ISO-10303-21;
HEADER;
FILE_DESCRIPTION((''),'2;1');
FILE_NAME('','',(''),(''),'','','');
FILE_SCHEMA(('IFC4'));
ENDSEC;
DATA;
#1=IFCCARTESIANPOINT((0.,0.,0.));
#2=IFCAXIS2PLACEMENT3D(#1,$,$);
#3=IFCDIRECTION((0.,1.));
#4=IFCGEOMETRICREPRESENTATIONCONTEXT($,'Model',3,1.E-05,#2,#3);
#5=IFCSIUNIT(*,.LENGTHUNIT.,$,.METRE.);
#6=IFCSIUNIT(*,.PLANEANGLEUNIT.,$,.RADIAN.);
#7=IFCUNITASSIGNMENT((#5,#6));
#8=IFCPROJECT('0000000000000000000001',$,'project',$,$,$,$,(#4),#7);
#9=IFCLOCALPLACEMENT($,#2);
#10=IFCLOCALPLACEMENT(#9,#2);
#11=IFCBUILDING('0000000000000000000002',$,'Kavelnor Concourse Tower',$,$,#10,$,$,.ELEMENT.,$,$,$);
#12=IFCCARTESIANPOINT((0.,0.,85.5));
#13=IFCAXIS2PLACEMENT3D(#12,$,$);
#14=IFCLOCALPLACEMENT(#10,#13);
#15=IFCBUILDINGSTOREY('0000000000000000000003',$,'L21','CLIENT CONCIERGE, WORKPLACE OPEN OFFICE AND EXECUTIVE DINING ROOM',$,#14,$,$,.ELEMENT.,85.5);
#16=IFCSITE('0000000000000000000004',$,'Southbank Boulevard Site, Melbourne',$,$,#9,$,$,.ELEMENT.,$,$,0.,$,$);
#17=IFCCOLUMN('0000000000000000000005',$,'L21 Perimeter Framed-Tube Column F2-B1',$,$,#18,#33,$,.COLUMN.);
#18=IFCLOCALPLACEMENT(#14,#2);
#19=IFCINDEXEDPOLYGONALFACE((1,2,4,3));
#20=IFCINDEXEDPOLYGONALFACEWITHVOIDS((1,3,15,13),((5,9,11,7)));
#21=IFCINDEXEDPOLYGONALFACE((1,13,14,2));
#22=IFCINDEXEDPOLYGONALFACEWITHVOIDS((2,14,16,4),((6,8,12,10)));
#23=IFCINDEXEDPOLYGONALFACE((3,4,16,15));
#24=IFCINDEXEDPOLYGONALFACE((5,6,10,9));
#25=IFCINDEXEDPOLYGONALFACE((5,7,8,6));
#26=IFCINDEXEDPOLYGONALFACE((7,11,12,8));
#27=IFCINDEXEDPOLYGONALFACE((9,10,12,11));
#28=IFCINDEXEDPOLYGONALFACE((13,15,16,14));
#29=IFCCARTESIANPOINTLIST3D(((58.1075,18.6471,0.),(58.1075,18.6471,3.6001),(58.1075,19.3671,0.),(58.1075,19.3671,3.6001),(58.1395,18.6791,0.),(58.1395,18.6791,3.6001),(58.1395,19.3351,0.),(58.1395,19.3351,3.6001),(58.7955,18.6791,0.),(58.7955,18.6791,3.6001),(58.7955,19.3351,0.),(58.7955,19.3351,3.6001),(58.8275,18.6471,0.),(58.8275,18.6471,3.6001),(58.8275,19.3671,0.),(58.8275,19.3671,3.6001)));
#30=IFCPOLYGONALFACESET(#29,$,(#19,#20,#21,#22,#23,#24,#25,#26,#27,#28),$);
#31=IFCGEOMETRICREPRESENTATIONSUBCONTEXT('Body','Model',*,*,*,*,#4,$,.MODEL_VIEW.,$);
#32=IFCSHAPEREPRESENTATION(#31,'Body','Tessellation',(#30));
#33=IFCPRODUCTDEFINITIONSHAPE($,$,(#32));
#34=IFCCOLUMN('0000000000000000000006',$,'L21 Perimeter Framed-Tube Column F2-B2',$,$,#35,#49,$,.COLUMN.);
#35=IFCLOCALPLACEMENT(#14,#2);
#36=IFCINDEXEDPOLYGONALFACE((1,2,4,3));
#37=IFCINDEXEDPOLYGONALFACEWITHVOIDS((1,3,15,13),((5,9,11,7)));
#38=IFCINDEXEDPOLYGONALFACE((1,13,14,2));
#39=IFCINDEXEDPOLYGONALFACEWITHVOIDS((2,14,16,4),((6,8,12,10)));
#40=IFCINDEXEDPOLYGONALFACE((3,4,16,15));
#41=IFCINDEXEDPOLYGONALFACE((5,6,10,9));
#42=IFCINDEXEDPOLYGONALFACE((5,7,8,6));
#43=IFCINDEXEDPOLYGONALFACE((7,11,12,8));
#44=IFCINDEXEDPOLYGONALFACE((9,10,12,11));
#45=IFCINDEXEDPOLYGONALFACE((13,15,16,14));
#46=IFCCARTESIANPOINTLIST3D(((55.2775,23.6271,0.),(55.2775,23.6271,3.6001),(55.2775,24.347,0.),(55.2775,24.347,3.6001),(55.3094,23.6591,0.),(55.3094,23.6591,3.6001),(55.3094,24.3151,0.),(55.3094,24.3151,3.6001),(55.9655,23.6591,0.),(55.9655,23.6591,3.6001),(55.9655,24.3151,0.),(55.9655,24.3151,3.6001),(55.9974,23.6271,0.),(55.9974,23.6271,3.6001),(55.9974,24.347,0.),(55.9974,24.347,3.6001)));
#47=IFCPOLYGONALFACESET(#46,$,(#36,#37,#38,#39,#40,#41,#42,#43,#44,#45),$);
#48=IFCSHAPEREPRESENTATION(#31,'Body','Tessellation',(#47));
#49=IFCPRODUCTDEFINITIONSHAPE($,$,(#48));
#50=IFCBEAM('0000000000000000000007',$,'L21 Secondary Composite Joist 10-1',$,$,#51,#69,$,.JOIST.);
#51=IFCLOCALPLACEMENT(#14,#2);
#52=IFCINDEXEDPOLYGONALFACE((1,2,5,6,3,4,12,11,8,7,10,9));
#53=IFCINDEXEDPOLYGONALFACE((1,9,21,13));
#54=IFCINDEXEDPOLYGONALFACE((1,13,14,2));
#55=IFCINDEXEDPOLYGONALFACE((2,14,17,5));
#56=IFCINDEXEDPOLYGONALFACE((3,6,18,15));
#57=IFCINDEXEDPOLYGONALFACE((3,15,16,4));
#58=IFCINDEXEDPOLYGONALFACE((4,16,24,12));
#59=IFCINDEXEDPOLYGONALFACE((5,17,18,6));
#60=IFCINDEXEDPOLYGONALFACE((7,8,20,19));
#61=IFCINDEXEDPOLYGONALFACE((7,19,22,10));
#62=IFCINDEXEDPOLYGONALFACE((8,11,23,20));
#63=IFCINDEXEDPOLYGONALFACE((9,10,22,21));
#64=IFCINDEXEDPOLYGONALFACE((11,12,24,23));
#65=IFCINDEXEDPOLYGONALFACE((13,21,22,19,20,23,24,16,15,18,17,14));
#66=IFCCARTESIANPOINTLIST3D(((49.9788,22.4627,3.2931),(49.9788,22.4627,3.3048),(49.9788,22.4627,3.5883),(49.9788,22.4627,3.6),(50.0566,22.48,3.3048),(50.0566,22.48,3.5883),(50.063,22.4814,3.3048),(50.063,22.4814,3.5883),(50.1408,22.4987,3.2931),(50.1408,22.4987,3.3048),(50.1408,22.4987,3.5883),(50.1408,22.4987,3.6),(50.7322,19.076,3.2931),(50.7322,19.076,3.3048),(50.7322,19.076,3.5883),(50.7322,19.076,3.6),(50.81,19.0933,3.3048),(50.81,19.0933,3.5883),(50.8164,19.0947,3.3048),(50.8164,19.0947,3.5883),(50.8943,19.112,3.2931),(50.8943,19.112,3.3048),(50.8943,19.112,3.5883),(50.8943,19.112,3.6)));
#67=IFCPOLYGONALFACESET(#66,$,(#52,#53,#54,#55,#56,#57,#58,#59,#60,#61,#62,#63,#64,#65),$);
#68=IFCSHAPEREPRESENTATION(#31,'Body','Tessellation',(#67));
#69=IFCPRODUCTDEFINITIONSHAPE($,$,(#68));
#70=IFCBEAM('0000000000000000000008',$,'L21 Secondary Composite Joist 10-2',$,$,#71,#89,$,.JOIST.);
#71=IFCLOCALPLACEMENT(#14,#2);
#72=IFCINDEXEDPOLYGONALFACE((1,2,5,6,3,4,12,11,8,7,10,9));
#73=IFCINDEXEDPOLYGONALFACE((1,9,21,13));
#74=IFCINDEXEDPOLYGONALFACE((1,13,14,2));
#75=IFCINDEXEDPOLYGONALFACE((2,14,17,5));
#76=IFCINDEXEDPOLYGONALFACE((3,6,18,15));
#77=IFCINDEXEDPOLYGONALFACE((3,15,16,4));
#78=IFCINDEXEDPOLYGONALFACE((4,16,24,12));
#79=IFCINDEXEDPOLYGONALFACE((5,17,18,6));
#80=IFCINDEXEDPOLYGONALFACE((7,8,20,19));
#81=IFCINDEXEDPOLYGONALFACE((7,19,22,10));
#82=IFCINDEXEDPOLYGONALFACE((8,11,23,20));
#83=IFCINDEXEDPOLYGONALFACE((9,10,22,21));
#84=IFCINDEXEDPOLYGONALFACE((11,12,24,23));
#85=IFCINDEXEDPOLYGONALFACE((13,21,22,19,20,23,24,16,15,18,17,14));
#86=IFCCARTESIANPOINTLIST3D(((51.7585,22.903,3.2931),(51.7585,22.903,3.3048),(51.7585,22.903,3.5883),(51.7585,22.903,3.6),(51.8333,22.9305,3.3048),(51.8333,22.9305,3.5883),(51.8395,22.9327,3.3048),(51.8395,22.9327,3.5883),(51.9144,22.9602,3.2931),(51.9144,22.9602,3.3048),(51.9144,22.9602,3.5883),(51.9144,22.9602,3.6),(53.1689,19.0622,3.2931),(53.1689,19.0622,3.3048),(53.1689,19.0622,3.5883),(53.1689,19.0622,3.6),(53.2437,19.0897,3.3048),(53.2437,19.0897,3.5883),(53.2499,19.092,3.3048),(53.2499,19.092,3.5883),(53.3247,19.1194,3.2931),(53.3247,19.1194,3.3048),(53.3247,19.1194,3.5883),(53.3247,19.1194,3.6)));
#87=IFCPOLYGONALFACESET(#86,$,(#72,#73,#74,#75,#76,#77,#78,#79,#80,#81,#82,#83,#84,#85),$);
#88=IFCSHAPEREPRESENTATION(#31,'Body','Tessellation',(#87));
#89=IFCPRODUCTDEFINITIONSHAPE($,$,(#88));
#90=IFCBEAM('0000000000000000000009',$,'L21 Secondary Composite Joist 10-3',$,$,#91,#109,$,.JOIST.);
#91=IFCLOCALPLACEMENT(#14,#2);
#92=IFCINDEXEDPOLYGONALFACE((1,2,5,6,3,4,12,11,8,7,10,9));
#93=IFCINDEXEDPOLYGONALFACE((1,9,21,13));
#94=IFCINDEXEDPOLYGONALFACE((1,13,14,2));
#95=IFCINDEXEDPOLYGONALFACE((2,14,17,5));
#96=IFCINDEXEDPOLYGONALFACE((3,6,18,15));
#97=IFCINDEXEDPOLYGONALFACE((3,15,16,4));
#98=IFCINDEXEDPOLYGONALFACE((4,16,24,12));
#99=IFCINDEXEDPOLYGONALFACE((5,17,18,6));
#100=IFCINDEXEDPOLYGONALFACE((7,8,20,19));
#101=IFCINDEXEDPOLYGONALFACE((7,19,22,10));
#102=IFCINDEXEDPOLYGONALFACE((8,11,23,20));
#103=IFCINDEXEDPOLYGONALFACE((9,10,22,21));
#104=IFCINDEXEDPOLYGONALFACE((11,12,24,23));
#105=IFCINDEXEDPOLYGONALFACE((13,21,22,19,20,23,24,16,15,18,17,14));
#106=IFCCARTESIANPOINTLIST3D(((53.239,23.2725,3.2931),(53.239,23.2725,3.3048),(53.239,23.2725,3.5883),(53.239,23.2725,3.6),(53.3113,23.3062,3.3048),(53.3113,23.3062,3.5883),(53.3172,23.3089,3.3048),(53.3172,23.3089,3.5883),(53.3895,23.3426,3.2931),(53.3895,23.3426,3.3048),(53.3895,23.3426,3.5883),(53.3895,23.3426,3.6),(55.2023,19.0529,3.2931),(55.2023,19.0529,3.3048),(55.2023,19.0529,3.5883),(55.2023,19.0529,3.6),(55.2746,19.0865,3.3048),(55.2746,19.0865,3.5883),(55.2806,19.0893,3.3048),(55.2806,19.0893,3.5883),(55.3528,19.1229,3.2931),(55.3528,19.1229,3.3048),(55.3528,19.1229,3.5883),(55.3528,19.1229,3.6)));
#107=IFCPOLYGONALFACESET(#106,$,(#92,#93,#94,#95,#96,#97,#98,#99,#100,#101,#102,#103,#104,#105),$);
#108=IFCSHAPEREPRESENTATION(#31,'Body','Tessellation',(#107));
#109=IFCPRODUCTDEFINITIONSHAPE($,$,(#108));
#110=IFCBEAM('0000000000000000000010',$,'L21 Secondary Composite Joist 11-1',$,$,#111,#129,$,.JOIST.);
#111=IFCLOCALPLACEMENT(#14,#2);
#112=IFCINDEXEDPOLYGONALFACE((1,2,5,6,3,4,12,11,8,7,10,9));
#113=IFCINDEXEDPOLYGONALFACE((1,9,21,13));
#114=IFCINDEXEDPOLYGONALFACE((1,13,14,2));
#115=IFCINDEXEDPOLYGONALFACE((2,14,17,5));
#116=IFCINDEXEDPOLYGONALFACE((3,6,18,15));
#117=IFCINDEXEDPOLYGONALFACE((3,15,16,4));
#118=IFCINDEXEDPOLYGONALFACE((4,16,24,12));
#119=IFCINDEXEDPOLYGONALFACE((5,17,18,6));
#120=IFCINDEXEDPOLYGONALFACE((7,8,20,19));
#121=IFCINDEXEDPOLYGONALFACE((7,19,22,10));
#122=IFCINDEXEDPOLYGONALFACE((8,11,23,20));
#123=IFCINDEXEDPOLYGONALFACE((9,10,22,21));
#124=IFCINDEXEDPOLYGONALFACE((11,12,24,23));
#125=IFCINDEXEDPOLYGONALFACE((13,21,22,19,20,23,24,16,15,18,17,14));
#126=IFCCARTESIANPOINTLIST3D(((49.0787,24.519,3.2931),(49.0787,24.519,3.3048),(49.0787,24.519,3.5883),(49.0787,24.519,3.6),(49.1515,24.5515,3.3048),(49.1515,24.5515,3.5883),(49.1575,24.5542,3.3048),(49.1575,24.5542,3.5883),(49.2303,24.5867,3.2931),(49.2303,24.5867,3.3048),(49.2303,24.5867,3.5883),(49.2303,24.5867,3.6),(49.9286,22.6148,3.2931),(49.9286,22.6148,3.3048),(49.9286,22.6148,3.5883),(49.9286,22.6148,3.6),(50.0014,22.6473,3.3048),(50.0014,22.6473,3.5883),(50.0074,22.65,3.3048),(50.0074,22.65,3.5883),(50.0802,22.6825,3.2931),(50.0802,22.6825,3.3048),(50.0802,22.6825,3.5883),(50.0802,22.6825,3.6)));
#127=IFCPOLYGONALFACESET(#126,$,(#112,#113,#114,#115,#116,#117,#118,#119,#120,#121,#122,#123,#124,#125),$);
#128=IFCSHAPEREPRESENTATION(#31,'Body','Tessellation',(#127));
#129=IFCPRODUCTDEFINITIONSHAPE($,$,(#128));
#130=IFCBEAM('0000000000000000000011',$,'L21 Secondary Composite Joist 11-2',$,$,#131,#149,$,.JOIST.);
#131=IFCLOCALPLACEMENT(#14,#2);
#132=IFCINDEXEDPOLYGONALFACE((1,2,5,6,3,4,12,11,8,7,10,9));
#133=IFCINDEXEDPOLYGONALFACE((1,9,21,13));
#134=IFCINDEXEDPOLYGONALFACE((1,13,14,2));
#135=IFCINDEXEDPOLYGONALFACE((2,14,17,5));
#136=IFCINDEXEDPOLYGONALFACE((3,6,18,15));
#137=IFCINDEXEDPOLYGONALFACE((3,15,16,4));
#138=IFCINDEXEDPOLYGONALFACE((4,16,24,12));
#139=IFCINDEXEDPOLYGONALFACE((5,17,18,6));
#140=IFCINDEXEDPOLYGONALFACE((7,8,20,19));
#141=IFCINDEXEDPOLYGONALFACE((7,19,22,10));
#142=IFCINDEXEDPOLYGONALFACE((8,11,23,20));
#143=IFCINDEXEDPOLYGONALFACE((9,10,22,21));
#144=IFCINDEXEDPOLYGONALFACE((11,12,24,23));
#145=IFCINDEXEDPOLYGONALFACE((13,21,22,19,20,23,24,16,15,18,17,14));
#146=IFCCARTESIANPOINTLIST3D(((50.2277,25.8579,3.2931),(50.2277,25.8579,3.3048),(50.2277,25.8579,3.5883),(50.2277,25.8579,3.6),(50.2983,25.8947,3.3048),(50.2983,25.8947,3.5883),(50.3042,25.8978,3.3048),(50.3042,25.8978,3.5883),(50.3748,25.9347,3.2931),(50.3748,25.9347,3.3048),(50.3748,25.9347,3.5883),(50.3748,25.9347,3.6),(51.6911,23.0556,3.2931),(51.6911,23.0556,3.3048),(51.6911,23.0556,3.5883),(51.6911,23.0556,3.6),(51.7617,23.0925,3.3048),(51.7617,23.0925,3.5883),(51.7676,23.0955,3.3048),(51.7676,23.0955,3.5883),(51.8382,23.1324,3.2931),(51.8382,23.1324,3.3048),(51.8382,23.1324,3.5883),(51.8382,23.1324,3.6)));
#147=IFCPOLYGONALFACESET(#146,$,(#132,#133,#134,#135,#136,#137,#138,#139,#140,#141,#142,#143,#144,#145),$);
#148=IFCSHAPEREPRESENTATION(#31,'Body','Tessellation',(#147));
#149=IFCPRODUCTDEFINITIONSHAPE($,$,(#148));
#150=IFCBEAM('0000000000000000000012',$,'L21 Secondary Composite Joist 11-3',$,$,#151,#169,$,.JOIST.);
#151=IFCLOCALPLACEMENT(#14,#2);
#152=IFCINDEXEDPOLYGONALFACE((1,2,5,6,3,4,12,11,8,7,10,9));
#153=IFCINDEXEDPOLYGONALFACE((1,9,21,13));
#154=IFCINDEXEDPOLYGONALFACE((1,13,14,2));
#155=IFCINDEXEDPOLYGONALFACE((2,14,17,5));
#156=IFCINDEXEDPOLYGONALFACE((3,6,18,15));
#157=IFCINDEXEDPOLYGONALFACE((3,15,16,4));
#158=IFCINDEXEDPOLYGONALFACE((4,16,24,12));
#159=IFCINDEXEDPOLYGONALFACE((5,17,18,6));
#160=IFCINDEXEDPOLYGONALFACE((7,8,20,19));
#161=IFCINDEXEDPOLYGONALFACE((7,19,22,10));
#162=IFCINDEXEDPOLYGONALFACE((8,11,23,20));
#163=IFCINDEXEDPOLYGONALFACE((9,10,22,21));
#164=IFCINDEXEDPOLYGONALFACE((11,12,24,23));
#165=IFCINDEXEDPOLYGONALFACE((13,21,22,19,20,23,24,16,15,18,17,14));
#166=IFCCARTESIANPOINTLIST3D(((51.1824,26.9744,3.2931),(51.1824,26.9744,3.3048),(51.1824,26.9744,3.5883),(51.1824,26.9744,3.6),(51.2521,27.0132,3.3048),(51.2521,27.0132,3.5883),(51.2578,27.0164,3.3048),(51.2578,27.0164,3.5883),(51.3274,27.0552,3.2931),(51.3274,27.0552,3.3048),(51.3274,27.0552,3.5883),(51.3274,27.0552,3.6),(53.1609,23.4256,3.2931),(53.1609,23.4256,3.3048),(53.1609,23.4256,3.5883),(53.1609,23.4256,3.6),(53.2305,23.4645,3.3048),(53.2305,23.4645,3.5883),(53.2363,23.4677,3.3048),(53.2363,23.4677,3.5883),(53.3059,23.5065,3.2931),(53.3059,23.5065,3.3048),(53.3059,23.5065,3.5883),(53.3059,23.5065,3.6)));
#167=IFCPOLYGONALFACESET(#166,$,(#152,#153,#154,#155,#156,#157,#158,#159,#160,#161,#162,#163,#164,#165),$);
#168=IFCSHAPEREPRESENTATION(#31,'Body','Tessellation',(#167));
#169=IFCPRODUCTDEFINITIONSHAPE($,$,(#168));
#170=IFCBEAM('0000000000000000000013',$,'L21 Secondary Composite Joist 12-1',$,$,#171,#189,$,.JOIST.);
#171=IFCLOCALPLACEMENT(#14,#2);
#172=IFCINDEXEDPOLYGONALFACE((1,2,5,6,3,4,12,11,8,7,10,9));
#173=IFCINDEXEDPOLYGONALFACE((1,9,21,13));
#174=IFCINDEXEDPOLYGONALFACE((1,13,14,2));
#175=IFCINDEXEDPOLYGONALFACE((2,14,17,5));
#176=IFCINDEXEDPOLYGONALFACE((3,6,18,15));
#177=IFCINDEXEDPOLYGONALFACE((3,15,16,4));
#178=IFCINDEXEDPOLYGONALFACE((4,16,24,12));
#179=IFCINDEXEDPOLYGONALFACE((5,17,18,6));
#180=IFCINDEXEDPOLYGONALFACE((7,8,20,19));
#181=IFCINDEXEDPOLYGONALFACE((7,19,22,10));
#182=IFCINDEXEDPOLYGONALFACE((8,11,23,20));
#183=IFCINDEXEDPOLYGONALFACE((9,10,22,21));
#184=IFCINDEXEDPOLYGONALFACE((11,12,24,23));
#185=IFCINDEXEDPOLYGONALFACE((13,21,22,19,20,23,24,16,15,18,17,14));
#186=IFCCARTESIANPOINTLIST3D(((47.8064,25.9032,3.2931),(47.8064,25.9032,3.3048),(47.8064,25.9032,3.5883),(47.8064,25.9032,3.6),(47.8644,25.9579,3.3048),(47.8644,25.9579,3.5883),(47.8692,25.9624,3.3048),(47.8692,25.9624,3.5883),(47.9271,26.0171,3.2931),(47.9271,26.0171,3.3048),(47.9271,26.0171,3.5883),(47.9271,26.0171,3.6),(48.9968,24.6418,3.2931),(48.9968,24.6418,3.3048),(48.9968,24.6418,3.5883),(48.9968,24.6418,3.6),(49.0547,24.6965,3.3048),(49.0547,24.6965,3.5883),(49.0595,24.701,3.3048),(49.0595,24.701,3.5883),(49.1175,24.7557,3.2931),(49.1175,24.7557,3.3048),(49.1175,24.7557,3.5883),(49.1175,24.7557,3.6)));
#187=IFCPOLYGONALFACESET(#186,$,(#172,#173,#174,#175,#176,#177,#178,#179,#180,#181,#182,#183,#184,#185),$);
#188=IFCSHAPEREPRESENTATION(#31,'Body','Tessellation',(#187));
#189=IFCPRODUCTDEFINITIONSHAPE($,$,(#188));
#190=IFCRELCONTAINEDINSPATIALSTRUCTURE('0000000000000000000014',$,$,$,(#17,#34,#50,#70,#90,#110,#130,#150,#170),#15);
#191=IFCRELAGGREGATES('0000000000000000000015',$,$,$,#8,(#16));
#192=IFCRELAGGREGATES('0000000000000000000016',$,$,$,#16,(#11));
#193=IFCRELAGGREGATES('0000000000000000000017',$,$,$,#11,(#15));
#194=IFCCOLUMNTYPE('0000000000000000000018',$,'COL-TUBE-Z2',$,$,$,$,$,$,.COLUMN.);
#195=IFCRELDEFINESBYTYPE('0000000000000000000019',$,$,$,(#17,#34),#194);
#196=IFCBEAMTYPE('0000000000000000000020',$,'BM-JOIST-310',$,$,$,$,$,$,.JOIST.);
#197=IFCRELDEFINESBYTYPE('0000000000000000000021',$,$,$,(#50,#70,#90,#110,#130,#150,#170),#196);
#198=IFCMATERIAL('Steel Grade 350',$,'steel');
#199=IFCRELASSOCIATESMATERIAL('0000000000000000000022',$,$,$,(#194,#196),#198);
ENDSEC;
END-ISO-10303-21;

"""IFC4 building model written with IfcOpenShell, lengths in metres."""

from ifc_helpers import new_model, si_unit, direction, frame, origin, origin_2d, place, context, subcontext, project, spatial, hollow_rectangle, i_section, extrude, material, material_profile, profile_set, type_object, element, save


model = new_model("IFC4")

# Units and contexts
model_context = context("Model", 3, precision=1e-05, world=origin(), true_north=direction((0.0, 1.0)))
body_context = subcontext(model_context, "Body", "Model", "MODEL_VIEW")
ifc_project = project(units=[si_unit("LENGTHUNIT", "METRE"), si_unit("PLANEANGLEUNIT", "RADIAN")], contexts=[model_context])

# Site, building, storey
site_placement = place(None, origin())
site = spatial("IfcSite", under=ifc_project, at=site_placement, Name="Southbank Boulevard Site, Melbourne", CompositionType="ELEMENT", RefElevation=0.0)
building_placement = place(site_placement, origin())
building = spatial("IfcBuilding", under=site, at=building_placement, Name="Kavelnor Concourse Tower", CompositionType="ELEMENT")
storey_placement = place(building_placement, frame((0.0, 0.0, 85.5)))
storey = spatial("IfcBuildingStorey", under=building, at=storey_placement, Name="L21", Description="CLIENT CONCIERGE, WORKPLACE OPEN OFFICE AND EXECUTIVE DINING ROOM", CompositionType="ELEMENT", Elevation=85.5)

# Columns
ifc_material_1 = material(Name="Steel Grade 350", Category="steel")
ifc_material_profile_1 = material_profile(ifc_material_1, hollow_rectangle(XDim=0.72, YDim=0.72, WallThickness=0.032, at=origin_2d()), Name="SHS 720x720x32")
ifc_profile_set_1 = profile_set([ifc_material_profile_1], Name="Steel Grade 350")
column_type = type_object("IfcColumnType", Name="COL-TUBE-Z2", PredefinedType="COLUMN", material=ifc_profile_set_1)
for number, where, z_axis, x_axis, name in (
    (1, (58.4675, 19.0071, 0.0), (0.0, 0.0, 1.0), (1.0, 0.0, 0.0), "L21 Perimeter Framed-Tube Column F2-B1"),
    (2, (55.6375, 23.9871, 0.0), (0.0, 0.0, 1.0), (1.0, 0.0, 0.0), "L21 Perimeter Framed-Tube Column F2-B2"),
):
    element("IfcColumn", number, at=place(storey_placement, frame(where, z_axis=z_axis, x_axis=x_axis)), inside=storey, type_object=column_type, Name=name, PredefinedType="COLUMN", context=body_context, shape_type="SweptSolid", body=[
        extrude(hollow_rectangle(XDim=0.72, YDim=0.72, WallThickness=0.032, at=origin_2d()), origin(), (0.0, 0.0, 1.0), 3.6001),
    ])

# Beams
ifc_material_profile_2 = material_profile(ifc_material_1, i_section(OverallWidth=0.166, OverallDepth=0.3069, WebThickness=0.0066, FlangeThickness=0.0117, at=origin_2d()), Name="310UB46")
ifc_profile_set_2 = profile_set([ifc_material_profile_2], Name="Steel Grade 350")
beam_type_1 = type_object("IfcBeamType", Name="BM-JOIST-310", PredefinedType="JOIST", material=ifc_profile_set_2)
beam_1_placement = place(storey_placement, frame((50.8132, 19.094, 3.4465), z_axis=(-0.217154, 0.976137, 0.0), x_axis=(-0.976137, -0.217154, 0.0)))
element("IfcBeam", 3, at=beam_1_placement, inside=storey, type_object=beam_type_1, Name="L21 Secondary Composite Joist 10-1", PredefinedType="JOIST", context=body_context, shape_type="SweptSolid", body=[
    extrude(i_section(OverallWidth=0.166, OverallDepth=0.3069, WebThickness=0.0066, FlangeThickness=0.0117, at=origin_2d()), origin(), (0.0, 0.0, 1.0), 3.4695),
])
beam_2_placement = place(storey_placement, frame((53.2468, 19.0908, 3.4465), z_axis=(-0.344707, 0.93871, 0.0), x_axis=(-0.93871, -0.344707, 0.0)))
element("IfcBeam", 4, at=beam_2_placement, inside=storey, type_object=beam_type_1, Name="L21 Secondary Composite Joist 10-2", PredefinedType="JOIST", context=body_context, shape_type="SweptSolid", body=[
    extrude(i_section(OverallWidth=0.166, OverallDepth=0.3069, WebThickness=0.0066, FlangeThickness=0.0117, at=origin_2d()), origin(), (0.0, 0.0, 1.0), 4.0916),
])
beam_3_placement = place(storey_placement, frame((55.2776, 19.0879, 3.4465), z_axis=(-0.421857, 0.906662, 0.0), x_axis=(-0.906662, -0.421857, 0.0)))
element("IfcBeam", 5, at=beam_3_placement, inside=storey, type_object=beam_type_1, Name="L21 Secondary Composite Joist 10-3", PredefinedType="JOIST", context=body_context, shape_type="SweptSolid", body=[
    extrude(i_section(OverallWidth=0.166, OverallDepth=0.3069, WebThickness=0.0066, FlangeThickness=0.0117, at=origin_2d()), origin(), (0.0, 0.0, 1.0), 4.6541),
])
beam_4_placement = place(storey_placement, frame((50.0044, 22.6487, 3.4465), z_axis=(-0.407583, 0.913168, 0.0), x_axis=(-0.913168, -0.407583, 0.0)))
element("IfcBeam", 6, at=beam_4_placement, inside=storey, type_object=beam_type_1, Name="L21 Secondary Composite Joist 11-1", PredefinedType="JOIST", context=body_context, shape_type="SweptSolid", body=[
    extrude(i_section(OverallWidth=0.166, OverallDepth=0.3069, WebThickness=0.0066, FlangeThickness=0.0117, at=origin_2d()), origin(), (0.0, 0.0, 1.0), 2.0852),
])
beam_5_placement = place(storey_placement, frame((51.7646, 23.094, 3.4465), z_axis=(-0.462899, 0.886411, 0.0), x_axis=(-0.886411, -0.462899, 0.0)))
element("IfcBeam", 7, at=beam_5_placement, inside=storey, type_object=beam_type_1, Name="L21 Secondary Composite Joist 11-2", PredefinedType="JOIST", context=body_context, shape_type="SweptSolid", body=[
    extrude(i_section(OverallWidth=0.166, OverallDepth=0.3069, WebThickness=0.0066, FlangeThickness=0.0117, at=origin_2d()), origin(), (0.0, 0.0, 1.0), 3.1614),
])
beam_6_placement = place(storey_placement, frame((53.2334, 23.4661, 3.4465), z_axis=(-0.486948, 0.873431, 0.0), x_axis=(-0.873431, -0.486948, 0.0)))
element("IfcBeam", 8, at=beam_6_placement, inside=storey, type_object=beam_type_1, Name="L21 Secondary Composite Joist 11-3", PredefinedType="JOIST", context=body_context, shape_type="SweptSolid", body=[
    extrude(i_section(OverallWidth=0.166, OverallDepth=0.3069, WebThickness=0.0066, FlangeThickness=0.0117, at=origin_2d()), origin(), (0.0, 0.0, 1.0), 4.063),
])
beam_7_placement = place(storey_placement, frame((49.0571, 24.6987, 3.4465), z_axis=(-0.68633, 0.72729, 0.0), x_axis=(-0.72729, -0.68633, 0.0)))
element("IfcBeam", 9, at=beam_7_placement, inside=storey, type_object=beam_type_1, Name="L21 Secondary Composite Joist 12-1", PredefinedType="JOIST", context=body_context, shape_type="SweptSolid", body=[
    extrude(i_section(OverallWidth=0.166, OverallDepth=0.3069, WebThickness=0.0066, FlangeThickness=0.0117, at=origin_2d()), origin(), (0.0, 0.0, 1.0), 1.7344),
])

save(model, "model.ifc")
